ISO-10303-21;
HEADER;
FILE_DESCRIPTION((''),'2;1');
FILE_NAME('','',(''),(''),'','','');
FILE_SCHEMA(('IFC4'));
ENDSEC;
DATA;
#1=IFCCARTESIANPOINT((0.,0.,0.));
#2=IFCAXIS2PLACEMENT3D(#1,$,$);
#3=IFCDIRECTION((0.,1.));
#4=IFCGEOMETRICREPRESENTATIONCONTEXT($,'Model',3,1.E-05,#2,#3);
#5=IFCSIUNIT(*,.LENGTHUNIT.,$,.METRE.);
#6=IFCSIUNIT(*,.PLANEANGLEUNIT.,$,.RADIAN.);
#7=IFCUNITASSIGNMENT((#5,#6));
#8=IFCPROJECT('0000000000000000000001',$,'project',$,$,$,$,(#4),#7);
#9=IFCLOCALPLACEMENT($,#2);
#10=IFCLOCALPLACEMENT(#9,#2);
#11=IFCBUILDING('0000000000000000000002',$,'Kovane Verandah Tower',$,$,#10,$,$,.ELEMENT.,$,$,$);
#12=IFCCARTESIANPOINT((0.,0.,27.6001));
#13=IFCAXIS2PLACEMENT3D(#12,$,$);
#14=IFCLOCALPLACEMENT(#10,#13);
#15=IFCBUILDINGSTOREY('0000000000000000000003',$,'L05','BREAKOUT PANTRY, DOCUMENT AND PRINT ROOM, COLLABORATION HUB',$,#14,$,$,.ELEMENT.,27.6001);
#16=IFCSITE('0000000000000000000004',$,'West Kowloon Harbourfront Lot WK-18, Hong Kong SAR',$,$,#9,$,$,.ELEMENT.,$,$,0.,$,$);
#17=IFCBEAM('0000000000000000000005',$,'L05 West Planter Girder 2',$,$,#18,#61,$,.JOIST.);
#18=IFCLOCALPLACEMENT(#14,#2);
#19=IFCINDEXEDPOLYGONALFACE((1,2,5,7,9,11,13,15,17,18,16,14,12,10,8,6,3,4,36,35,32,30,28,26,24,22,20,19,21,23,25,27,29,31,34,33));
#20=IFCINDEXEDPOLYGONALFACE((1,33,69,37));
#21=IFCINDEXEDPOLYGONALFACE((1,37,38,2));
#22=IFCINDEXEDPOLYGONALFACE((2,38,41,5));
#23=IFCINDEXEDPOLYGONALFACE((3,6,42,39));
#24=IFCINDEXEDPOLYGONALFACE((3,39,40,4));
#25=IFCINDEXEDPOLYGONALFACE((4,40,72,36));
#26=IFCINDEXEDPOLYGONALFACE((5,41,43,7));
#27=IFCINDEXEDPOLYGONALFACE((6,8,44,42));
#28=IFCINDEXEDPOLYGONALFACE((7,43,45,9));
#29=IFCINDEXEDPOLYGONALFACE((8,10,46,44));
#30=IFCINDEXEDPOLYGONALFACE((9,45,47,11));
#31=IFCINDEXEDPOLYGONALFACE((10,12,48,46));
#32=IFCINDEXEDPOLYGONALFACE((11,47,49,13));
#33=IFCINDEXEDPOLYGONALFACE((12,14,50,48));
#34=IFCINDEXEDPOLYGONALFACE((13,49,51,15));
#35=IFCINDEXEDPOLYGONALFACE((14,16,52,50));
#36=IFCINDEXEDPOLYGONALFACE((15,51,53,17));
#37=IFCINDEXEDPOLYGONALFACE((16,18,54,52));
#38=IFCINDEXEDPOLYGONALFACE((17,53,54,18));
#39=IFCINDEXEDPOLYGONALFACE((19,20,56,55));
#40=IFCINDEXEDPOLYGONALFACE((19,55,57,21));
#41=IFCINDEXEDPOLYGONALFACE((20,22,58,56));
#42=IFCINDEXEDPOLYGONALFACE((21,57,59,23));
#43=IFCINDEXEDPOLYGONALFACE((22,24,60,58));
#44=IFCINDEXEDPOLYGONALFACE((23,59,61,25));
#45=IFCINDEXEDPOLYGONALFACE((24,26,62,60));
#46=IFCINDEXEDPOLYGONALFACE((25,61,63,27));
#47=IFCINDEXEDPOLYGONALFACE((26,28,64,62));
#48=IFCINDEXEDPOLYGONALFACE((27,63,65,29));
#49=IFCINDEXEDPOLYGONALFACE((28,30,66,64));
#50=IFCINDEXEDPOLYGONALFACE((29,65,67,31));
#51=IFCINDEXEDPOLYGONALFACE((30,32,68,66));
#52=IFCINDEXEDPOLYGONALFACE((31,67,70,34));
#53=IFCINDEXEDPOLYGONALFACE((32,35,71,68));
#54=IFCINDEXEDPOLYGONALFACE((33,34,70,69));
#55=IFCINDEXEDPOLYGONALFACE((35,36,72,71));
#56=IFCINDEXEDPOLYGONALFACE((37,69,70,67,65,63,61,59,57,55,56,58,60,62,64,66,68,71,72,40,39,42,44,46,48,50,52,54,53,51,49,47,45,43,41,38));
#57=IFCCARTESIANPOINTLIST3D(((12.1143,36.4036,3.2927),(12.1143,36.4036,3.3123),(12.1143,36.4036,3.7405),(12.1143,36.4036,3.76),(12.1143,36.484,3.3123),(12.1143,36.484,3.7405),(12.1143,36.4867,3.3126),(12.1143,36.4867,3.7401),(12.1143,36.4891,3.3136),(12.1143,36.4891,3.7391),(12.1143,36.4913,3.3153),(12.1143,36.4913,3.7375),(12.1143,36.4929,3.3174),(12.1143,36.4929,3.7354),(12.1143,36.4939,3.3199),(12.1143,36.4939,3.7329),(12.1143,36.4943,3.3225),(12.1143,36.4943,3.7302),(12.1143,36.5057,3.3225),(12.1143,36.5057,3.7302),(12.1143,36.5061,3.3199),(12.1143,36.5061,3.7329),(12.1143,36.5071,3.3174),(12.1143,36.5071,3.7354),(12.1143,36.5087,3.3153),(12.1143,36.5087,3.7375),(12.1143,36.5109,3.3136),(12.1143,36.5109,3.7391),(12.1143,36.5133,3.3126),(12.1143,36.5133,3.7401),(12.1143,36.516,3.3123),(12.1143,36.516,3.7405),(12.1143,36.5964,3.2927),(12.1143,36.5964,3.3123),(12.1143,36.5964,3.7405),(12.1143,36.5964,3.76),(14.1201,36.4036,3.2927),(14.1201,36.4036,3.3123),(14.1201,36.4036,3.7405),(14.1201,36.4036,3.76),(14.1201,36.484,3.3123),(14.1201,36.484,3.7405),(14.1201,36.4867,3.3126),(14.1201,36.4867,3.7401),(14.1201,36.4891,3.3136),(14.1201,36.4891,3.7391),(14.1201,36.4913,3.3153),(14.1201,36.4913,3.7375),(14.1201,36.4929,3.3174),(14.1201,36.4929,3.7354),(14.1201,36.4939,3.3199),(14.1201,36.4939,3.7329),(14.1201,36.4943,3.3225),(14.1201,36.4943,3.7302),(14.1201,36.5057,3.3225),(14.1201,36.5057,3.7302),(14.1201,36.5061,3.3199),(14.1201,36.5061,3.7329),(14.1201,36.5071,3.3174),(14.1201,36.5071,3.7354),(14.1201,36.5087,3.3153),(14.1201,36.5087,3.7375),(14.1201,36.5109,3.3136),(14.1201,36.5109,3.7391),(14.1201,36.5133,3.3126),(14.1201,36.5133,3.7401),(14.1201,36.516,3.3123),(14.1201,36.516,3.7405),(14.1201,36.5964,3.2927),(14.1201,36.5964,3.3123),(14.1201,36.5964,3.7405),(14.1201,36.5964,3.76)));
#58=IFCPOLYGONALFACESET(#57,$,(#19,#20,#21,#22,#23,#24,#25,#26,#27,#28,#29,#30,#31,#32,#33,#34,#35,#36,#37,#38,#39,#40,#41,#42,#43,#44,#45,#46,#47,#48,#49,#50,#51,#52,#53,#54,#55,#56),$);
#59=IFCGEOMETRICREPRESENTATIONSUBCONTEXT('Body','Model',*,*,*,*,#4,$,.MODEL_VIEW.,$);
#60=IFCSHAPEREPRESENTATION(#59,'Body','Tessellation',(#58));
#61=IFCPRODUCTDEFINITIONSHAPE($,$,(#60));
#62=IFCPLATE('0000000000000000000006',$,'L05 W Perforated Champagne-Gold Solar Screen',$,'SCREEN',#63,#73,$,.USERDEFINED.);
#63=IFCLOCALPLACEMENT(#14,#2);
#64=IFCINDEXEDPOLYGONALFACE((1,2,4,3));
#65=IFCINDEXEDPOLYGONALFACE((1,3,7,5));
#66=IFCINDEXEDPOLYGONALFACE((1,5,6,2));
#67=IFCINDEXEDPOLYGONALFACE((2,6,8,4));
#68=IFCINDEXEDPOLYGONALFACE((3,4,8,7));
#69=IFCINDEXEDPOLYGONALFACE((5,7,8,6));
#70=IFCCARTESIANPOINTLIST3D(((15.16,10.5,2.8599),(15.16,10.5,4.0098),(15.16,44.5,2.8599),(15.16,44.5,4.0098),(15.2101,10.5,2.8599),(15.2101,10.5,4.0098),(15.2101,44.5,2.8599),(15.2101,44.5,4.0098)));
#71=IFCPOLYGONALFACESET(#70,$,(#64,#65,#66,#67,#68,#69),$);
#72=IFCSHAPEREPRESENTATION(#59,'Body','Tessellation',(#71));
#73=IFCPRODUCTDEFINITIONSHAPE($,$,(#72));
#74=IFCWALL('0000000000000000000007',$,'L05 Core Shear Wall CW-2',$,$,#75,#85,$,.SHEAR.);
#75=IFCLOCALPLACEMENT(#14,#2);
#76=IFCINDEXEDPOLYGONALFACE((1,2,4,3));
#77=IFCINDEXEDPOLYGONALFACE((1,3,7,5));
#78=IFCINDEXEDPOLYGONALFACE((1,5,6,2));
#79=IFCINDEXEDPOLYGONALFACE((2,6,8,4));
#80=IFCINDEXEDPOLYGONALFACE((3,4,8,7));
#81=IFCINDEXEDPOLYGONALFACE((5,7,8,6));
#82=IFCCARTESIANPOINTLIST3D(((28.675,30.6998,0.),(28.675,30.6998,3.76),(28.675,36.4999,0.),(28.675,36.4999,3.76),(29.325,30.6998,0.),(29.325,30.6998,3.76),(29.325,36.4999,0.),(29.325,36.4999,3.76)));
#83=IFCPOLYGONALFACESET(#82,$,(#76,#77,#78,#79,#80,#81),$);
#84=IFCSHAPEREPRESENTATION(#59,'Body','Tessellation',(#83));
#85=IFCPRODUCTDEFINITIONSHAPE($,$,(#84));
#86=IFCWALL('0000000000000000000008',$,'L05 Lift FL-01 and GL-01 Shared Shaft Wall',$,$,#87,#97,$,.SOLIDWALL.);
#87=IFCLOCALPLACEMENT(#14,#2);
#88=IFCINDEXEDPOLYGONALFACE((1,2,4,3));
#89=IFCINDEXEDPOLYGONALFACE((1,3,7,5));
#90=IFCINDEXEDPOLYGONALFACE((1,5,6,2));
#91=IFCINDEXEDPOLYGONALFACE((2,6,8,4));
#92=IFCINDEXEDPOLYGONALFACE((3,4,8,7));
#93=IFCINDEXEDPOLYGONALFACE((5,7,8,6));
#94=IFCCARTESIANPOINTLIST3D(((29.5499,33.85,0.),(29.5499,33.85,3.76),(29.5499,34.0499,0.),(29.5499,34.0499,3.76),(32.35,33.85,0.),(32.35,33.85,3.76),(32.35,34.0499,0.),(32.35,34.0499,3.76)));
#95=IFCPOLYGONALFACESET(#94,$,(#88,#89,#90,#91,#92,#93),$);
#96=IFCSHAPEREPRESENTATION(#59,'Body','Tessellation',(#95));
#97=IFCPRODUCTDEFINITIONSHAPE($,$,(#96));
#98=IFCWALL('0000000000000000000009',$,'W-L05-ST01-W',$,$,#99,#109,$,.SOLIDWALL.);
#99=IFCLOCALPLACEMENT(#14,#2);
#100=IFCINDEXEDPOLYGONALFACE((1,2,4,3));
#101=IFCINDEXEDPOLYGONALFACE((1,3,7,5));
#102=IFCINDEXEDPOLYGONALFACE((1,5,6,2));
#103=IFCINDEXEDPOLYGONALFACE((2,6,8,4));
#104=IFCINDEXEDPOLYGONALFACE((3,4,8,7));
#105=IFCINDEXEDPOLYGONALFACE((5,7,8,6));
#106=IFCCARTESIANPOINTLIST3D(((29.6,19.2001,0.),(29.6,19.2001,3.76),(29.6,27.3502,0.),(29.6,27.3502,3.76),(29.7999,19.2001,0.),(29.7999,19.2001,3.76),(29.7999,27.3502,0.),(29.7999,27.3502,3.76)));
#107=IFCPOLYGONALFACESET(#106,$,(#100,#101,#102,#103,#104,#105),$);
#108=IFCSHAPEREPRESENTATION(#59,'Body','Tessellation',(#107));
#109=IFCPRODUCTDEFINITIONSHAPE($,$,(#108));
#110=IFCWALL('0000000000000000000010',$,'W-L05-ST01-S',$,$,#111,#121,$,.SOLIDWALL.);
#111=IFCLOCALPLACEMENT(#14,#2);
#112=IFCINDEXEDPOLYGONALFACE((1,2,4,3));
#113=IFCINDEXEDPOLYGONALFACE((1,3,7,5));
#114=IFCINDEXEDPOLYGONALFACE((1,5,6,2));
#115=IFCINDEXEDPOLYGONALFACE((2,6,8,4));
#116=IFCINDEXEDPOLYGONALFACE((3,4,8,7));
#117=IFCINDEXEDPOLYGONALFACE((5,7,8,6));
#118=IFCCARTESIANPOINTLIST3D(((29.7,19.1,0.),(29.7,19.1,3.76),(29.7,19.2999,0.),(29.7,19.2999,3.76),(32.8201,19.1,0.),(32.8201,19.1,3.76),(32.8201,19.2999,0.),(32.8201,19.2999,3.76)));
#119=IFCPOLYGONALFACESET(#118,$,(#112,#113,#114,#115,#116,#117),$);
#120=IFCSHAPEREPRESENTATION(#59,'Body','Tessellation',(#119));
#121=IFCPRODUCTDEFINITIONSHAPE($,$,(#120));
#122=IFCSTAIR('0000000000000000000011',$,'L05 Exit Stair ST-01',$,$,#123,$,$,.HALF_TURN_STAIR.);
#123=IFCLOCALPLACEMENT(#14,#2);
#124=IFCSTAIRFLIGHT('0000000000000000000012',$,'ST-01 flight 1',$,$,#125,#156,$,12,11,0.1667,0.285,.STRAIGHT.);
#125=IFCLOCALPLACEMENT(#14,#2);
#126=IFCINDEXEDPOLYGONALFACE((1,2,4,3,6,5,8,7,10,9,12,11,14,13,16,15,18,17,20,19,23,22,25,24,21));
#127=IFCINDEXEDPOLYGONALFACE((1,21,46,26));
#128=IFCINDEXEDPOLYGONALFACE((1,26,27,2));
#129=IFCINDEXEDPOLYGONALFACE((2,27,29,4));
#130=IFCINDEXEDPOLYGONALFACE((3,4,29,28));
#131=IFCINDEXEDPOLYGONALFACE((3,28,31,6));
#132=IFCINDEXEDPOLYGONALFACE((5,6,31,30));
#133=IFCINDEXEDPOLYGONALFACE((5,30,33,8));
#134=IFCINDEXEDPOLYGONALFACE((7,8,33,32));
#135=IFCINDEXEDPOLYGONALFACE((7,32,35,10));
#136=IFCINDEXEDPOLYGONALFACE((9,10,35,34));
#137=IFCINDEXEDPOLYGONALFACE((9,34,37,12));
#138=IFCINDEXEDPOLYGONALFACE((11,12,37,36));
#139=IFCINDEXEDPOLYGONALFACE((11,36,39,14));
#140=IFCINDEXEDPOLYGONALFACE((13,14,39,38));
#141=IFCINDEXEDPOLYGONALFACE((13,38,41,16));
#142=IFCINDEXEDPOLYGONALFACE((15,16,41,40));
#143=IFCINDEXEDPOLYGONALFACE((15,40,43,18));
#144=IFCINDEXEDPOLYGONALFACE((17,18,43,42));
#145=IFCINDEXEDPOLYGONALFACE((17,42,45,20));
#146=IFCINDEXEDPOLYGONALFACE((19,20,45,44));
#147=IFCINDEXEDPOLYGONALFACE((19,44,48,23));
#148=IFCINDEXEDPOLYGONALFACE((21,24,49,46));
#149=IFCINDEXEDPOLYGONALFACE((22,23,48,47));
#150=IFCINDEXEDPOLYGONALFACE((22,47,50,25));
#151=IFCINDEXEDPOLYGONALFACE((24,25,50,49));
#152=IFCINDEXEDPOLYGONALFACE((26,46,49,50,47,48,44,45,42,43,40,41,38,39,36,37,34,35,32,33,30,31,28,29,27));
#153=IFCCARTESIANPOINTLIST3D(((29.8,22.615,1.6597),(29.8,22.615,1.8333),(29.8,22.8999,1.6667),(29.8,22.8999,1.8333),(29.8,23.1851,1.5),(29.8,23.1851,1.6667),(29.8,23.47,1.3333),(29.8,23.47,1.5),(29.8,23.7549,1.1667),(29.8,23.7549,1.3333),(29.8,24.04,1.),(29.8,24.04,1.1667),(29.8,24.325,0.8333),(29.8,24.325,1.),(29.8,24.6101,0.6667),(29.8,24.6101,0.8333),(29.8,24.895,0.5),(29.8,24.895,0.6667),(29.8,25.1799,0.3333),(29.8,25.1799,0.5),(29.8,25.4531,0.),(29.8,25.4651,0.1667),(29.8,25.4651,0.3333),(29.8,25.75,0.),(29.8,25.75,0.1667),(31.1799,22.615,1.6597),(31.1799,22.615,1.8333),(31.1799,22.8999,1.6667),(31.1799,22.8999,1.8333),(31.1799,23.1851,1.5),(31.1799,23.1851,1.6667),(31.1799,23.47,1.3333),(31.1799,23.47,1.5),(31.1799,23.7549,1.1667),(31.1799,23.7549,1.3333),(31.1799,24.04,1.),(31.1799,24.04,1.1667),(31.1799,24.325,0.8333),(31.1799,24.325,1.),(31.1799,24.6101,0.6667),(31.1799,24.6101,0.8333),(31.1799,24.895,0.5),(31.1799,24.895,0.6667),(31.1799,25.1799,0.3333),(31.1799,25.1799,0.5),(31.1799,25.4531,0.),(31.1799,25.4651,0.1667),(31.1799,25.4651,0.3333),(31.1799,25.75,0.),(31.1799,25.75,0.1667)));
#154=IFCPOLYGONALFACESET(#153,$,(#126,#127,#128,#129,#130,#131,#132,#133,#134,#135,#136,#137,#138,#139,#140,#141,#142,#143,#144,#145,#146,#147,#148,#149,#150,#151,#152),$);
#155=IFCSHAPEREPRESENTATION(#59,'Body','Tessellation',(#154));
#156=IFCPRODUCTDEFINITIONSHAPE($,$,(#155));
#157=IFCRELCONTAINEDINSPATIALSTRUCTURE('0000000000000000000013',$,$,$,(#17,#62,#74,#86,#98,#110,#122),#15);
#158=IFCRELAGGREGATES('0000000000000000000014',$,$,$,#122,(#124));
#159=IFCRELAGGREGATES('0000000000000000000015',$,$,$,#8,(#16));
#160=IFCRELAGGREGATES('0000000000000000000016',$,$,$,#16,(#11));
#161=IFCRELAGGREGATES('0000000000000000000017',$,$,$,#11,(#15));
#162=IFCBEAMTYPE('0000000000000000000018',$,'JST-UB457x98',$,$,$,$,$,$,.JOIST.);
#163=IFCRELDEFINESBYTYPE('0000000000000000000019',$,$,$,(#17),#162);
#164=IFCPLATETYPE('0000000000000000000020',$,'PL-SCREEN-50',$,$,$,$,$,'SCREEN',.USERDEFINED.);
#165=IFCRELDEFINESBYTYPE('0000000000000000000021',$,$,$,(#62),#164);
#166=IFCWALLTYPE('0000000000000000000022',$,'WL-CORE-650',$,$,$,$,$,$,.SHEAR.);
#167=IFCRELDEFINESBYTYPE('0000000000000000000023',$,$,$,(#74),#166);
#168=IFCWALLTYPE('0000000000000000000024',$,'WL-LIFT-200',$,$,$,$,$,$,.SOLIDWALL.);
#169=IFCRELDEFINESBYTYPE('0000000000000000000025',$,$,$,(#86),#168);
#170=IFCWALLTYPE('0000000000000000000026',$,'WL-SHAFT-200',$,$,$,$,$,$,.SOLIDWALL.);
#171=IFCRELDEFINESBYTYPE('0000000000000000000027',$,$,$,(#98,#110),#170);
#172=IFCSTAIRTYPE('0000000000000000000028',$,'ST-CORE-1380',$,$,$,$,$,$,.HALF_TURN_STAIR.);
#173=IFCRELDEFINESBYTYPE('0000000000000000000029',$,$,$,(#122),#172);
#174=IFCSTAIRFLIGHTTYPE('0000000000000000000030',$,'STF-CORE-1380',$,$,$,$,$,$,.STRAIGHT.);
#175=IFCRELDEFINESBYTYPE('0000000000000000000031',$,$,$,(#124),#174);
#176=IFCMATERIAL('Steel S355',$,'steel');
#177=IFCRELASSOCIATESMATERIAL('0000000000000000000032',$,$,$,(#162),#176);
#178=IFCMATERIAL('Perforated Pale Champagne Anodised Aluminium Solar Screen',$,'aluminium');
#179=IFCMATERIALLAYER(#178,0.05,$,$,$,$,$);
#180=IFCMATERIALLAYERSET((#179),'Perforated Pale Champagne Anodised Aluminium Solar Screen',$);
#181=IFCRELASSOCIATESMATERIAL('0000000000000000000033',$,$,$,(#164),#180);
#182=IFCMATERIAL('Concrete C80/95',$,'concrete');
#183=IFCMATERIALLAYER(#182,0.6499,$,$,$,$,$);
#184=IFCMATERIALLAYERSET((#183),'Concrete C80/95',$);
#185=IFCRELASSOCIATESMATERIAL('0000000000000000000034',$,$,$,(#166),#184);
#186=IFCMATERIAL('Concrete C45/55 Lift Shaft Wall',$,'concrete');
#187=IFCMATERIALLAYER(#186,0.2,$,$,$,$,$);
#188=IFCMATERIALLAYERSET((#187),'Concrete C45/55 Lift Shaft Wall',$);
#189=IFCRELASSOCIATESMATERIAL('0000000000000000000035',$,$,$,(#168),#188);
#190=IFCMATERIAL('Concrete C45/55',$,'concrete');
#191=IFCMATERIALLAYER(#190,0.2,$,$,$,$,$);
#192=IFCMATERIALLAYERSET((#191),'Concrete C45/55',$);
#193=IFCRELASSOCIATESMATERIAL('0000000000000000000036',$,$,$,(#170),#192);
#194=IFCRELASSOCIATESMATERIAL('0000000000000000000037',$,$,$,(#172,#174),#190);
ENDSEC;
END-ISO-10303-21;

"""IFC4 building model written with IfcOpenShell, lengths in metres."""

from ifc_helpers import new_model, si_unit, direction, frame, frame_2d, origin, origin_2d, place, context, subcontext, project, spatial, polyline, rectangle, i_section, outline, extrude, material, layer, layer_set, material_profile, profile_set, type_object, element, aggregate, save


model = new_model("IFC4")

# Units and contexts
model_context = context("Model", 3, precision=1e-05, world=origin(), true_north=direction((0.0, 1.0)))
body_context = subcontext(model_context, "Body", "Model", "MODEL_VIEW")
ifc_project = project(units=[si_unit("LENGTHUNIT", "METRE"), si_unit("PLANEANGLEUNIT", "RADIAN")], contexts=[model_context])

# Site, building, storey
site_placement = place(None, origin())
site = spatial("IfcSite", under=ifc_project, at=site_placement, Name="West Kowloon Harbourfront Lot WK-18, Hong Kong SAR", CompositionType="ELEMENT", RefElevation=0.0)
building_placement = place(site_placement, origin())
building = spatial("IfcBuilding", under=site, at=building_placement, Name="Kovane Verandah Tower", CompositionType="ELEMENT")
storey_placement = place(building_placement, frame((0.0, 0.0, 27.6001)))
storey = spatial("IfcBuildingStorey", under=building, at=storey_placement, Name="L05", Description="BREAKOUT PANTRY, DOCUMENT AND PRINT ROOM, COLLABORATION HUB", CompositionType="ELEMENT", Elevation=27.6001)

# Beam
ifc_material_1 = material(Name="Concrete C80/95", Category="concrete")
ifc_material_2 = material(Name="Steel S355", Category="steel")
ifc_material_profile_1 = material_profile(ifc_material_2, i_section(OverallWidth=0.1929, OverallDepth=0.4673, WebThickness=0.0115, FlangeThickness=0.0195, FilletRadius=0.0103, at=origin_2d()), Name="UB457x191x98")
ifc_profile_set_1 = profile_set([ifc_material_profile_1], Name="Steel S355")
beam_type_1 = type_object("IfcBeamType", Name="JST-UB457x98", PredefinedType="JOIST", material=ifc_profile_set_1)
beam_1_placement = place(storey_placement, frame((14.1201, 36.5, 3.5264), z_axis=(-1.0, 0.0, 0.0), x_axis=(0.0, -1.0, 0.0)))
element("IfcBeam", 1, at=beam_1_placement, inside=storey, type_object=beam_type_1, Name="L05 West Planter Girder 2", PredefinedType="JOIST", context=body_context, shape_type="SweptSolid", body=[
    extrude(i_section(OverallWidth=0.1929, OverallDepth=0.4673, WebThickness=0.0115, FlangeThickness=0.0195, FilletRadius=0.0103, at=origin_2d()), origin(), (0.0, 0.0, 1.0), 2.0059),
])

# Plate
ifc_material_3 = material(Name="Perforated Pale Champagne Anodised Aluminium Solar Screen", Category="aluminium")
ifc_layer_1 = layer(ifc_material_3, 0.05)
ifc_layer_set_1 = layer_set([ifc_layer_1], Name="Perforated Pale Champagne Anodised Aluminium Solar Screen")
plate_type = type_object("IfcPlateType", Name="PL-SCREEN-50", ElementType="SCREEN", PredefinedType="USERDEFINED", material=ifc_layer_set_1)
plate_placement = place(storey_placement, frame((15.1851, 27.5, 2.8599), z_axis=(0.0, 0.0, 1.0), x_axis=(0.0, -1.0, 0.0)))
element("IfcPlate", 2, at=plate_placement, inside=storey, type_object=plate_type, Name="L05 W Perforated Champagne-Gold Solar Screen", ObjectType="SCREEN", PredefinedType="USERDEFINED", context=body_context, shape_type="SweptSolid", body=[
    extrude(rectangle(XDim=34.0, YDim=0.05, at=origin_2d()), origin(), (0.0, 0.0, 1.0), 1.1499),
])

# Wall
ifc_layer_2 = layer(ifc_material_1, 0.6499)
ifc_layer_set_2 = layer_set([ifc_layer_2], Name="Concrete C80/95")
wall_type_1 = type_object("IfcWallType", Name="WL-CORE-650", PredefinedType="SHEAR", material=ifc_layer_set_2)
wall_1_placement = place(storey_placement, frame((29.0, 30.7, 0.0), z_axis=(0.0, 0.0, 1.0), x_axis=(0.0, 1.0, 0.0)))
element("IfcWall", 3, at=wall_1_placement, inside=storey, type_object=wall_type_1, Name="L05 Core Shear Wall CW-2", PredefinedType="SHEAR", context=body_context, shape_type="SweptSolid", body=[
    extrude(rectangle(XDim=5.8, YDim=0.6499, at=frame_2d((2.8999, 0.0))), origin(), (0.0, 0.0, 1.0), 3.76),
])

# Shared definitions
ifc_material_4 = material(Name="Concrete C45/55 Lift Shaft Wall", Category="concrete")
ifc_layer_3 = layer(ifc_material_4, 0.2)
ifc_layer_set_3 = layer_set([ifc_layer_3], Name="Concrete C45/55 Lift Shaft Wall")
wall_type_2 = type_object("IfcWallType", Name="WL-LIFT-200", PredefinedType="SOLIDWALL", material=ifc_layer_set_3)

# Walls
wall_2_placement = place(storey_placement, frame((29.55, 33.95, 0.0), z_axis=(0.0, 0.0, 1.0), x_axis=(1.0, 0.0, 0.0)))
element("IfcWall", 4, at=wall_2_placement, inside=storey, type_object=wall_type_2, Name="L05 Lift FL-01 and GL-01 Shared Shaft Wall", PredefinedType="SOLIDWALL", context=body_context, shape_type="SweptSolid", body=[
    extrude(rectangle(XDim=2.8, YDim=0.2, at=frame_2d((1.3999, 0.0))), origin(), (0.0, 0.0, 1.0), 3.76),
])
ifc_material_5 = material(Name="Concrete C45/55", Category="concrete")
ifc_layer_4 = layer(ifc_material_5, 0.2)
ifc_layer_set_4 = layer_set([ifc_layer_4], Name="Concrete C45/55")
wall_type_3 = type_object("IfcWallType", Name="WL-SHAFT-200", PredefinedType="SOLIDWALL", material=ifc_layer_set_4)
wall_3_placement = place(storey_placement, frame((29.7, 19.2, 0.0), z_axis=(0.0, 0.0, 1.0), x_axis=(0.0, 1.0, 0.0)))
element("IfcWall", 5, at=wall_3_placement, inside=storey, type_object=wall_type_3, Name="W-L05-ST01-W", PredefinedType="SOLIDWALL", context=body_context, shape_type="SweptSolid", body=[
    extrude(rectangle(XDim=8.1501, YDim=0.2, at=frame_2d((4.0752, 0.0))), origin(), (0.0, 0.0, 1.0), 3.76),
])
wall_4_placement = place(storey_placement, frame((29.7, 19.2, 0.0), z_axis=(0.0, 0.0, 1.0), x_axis=(1.0, 0.0, 0.0)))
element("IfcWall", 6, at=wall_4_placement, inside=storey, type_object=wall_type_3, Name="W-L05-ST01-S", PredefinedType="SOLIDWALL", context=body_context, shape_type="SweptSolid", body=[
    extrude(rectangle(XDim=3.1201, YDim=0.2, at=frame_2d((1.5601, 0.0))), origin(), (0.0, 0.0, 1.0), 3.76),
])

# Stair, stair flight
stair_type = type_object("IfcStairType", Name="ST-CORE-1380", PredefinedType="HALF_TURN_STAIR", material=ifc_material_5)
stair_placement = place(storey_placement, origin())
stair = element("IfcStair", 7, at=stair_placement, inside=storey, type_object=stair_type, Name="L05 Exit Stair ST-01", PredefinedType="HALF_TURN_STAIR")
stair_flight_type = type_object("IfcStairFlightType", Name="STF-CORE-1380", PredefinedType="STRAIGHT", material=ifc_material_5)
stair_flight_1_placement = place(storey_placement, frame((30.49, 25.75, 0.0), z_axis=(0.0, 0.0, 1.0), x_axis=(0.0, -1.0, 0.0)))
stair_flight_1 = element("IfcStairFlight", 8, at=stair_flight_1_placement, type_object=stair_flight_type, Name="ST-01 flight 1", NumberOfRisers=12, NumberOfTreads=11, PredefinedType="STRAIGHT", RiserHeight=0.1667, TreadLength=0.285, context=body_context, shape_type="SweptSolid", body=[
    extrude(outline(polyline([(0.0, 0.0), (0.0, 0.1667), (0.2849, 0.1667), (0.2849, 0.3333), (0.5701, 0.3333), (0.5701, 0.5), (0.855, 0.5), (0.855, 0.6667), (1.1399, 0.6667), (1.1399, 0.8333), (1.425, 0.8333), (1.425, 1.0), (1.71, 1.0), (1.71, 1.1667), (1.9951, 1.1667), (1.9951, 1.3333), (2.28, 1.3333), (2.28, 1.5), (2.5649, 1.5), (2.5649, 1.6667), (2.8501, 1.6667), (2.8501, 1.8333), (3.135, 1.8333), (3.135, 2.0), (3.135, 1.6597), (0.2969, 0.0), (0.0, 0.0)])), frame((0.0, 0.6899, 0.0), z_axis=(0.0, -1.0, 0.0), x_axis=(1.0, 0.0, 0.0)), (0.0, 0.0, 1.0), 1.3799),
])
aggregate(stair, [stair_flight_1])

save(model, "model.ifc")
